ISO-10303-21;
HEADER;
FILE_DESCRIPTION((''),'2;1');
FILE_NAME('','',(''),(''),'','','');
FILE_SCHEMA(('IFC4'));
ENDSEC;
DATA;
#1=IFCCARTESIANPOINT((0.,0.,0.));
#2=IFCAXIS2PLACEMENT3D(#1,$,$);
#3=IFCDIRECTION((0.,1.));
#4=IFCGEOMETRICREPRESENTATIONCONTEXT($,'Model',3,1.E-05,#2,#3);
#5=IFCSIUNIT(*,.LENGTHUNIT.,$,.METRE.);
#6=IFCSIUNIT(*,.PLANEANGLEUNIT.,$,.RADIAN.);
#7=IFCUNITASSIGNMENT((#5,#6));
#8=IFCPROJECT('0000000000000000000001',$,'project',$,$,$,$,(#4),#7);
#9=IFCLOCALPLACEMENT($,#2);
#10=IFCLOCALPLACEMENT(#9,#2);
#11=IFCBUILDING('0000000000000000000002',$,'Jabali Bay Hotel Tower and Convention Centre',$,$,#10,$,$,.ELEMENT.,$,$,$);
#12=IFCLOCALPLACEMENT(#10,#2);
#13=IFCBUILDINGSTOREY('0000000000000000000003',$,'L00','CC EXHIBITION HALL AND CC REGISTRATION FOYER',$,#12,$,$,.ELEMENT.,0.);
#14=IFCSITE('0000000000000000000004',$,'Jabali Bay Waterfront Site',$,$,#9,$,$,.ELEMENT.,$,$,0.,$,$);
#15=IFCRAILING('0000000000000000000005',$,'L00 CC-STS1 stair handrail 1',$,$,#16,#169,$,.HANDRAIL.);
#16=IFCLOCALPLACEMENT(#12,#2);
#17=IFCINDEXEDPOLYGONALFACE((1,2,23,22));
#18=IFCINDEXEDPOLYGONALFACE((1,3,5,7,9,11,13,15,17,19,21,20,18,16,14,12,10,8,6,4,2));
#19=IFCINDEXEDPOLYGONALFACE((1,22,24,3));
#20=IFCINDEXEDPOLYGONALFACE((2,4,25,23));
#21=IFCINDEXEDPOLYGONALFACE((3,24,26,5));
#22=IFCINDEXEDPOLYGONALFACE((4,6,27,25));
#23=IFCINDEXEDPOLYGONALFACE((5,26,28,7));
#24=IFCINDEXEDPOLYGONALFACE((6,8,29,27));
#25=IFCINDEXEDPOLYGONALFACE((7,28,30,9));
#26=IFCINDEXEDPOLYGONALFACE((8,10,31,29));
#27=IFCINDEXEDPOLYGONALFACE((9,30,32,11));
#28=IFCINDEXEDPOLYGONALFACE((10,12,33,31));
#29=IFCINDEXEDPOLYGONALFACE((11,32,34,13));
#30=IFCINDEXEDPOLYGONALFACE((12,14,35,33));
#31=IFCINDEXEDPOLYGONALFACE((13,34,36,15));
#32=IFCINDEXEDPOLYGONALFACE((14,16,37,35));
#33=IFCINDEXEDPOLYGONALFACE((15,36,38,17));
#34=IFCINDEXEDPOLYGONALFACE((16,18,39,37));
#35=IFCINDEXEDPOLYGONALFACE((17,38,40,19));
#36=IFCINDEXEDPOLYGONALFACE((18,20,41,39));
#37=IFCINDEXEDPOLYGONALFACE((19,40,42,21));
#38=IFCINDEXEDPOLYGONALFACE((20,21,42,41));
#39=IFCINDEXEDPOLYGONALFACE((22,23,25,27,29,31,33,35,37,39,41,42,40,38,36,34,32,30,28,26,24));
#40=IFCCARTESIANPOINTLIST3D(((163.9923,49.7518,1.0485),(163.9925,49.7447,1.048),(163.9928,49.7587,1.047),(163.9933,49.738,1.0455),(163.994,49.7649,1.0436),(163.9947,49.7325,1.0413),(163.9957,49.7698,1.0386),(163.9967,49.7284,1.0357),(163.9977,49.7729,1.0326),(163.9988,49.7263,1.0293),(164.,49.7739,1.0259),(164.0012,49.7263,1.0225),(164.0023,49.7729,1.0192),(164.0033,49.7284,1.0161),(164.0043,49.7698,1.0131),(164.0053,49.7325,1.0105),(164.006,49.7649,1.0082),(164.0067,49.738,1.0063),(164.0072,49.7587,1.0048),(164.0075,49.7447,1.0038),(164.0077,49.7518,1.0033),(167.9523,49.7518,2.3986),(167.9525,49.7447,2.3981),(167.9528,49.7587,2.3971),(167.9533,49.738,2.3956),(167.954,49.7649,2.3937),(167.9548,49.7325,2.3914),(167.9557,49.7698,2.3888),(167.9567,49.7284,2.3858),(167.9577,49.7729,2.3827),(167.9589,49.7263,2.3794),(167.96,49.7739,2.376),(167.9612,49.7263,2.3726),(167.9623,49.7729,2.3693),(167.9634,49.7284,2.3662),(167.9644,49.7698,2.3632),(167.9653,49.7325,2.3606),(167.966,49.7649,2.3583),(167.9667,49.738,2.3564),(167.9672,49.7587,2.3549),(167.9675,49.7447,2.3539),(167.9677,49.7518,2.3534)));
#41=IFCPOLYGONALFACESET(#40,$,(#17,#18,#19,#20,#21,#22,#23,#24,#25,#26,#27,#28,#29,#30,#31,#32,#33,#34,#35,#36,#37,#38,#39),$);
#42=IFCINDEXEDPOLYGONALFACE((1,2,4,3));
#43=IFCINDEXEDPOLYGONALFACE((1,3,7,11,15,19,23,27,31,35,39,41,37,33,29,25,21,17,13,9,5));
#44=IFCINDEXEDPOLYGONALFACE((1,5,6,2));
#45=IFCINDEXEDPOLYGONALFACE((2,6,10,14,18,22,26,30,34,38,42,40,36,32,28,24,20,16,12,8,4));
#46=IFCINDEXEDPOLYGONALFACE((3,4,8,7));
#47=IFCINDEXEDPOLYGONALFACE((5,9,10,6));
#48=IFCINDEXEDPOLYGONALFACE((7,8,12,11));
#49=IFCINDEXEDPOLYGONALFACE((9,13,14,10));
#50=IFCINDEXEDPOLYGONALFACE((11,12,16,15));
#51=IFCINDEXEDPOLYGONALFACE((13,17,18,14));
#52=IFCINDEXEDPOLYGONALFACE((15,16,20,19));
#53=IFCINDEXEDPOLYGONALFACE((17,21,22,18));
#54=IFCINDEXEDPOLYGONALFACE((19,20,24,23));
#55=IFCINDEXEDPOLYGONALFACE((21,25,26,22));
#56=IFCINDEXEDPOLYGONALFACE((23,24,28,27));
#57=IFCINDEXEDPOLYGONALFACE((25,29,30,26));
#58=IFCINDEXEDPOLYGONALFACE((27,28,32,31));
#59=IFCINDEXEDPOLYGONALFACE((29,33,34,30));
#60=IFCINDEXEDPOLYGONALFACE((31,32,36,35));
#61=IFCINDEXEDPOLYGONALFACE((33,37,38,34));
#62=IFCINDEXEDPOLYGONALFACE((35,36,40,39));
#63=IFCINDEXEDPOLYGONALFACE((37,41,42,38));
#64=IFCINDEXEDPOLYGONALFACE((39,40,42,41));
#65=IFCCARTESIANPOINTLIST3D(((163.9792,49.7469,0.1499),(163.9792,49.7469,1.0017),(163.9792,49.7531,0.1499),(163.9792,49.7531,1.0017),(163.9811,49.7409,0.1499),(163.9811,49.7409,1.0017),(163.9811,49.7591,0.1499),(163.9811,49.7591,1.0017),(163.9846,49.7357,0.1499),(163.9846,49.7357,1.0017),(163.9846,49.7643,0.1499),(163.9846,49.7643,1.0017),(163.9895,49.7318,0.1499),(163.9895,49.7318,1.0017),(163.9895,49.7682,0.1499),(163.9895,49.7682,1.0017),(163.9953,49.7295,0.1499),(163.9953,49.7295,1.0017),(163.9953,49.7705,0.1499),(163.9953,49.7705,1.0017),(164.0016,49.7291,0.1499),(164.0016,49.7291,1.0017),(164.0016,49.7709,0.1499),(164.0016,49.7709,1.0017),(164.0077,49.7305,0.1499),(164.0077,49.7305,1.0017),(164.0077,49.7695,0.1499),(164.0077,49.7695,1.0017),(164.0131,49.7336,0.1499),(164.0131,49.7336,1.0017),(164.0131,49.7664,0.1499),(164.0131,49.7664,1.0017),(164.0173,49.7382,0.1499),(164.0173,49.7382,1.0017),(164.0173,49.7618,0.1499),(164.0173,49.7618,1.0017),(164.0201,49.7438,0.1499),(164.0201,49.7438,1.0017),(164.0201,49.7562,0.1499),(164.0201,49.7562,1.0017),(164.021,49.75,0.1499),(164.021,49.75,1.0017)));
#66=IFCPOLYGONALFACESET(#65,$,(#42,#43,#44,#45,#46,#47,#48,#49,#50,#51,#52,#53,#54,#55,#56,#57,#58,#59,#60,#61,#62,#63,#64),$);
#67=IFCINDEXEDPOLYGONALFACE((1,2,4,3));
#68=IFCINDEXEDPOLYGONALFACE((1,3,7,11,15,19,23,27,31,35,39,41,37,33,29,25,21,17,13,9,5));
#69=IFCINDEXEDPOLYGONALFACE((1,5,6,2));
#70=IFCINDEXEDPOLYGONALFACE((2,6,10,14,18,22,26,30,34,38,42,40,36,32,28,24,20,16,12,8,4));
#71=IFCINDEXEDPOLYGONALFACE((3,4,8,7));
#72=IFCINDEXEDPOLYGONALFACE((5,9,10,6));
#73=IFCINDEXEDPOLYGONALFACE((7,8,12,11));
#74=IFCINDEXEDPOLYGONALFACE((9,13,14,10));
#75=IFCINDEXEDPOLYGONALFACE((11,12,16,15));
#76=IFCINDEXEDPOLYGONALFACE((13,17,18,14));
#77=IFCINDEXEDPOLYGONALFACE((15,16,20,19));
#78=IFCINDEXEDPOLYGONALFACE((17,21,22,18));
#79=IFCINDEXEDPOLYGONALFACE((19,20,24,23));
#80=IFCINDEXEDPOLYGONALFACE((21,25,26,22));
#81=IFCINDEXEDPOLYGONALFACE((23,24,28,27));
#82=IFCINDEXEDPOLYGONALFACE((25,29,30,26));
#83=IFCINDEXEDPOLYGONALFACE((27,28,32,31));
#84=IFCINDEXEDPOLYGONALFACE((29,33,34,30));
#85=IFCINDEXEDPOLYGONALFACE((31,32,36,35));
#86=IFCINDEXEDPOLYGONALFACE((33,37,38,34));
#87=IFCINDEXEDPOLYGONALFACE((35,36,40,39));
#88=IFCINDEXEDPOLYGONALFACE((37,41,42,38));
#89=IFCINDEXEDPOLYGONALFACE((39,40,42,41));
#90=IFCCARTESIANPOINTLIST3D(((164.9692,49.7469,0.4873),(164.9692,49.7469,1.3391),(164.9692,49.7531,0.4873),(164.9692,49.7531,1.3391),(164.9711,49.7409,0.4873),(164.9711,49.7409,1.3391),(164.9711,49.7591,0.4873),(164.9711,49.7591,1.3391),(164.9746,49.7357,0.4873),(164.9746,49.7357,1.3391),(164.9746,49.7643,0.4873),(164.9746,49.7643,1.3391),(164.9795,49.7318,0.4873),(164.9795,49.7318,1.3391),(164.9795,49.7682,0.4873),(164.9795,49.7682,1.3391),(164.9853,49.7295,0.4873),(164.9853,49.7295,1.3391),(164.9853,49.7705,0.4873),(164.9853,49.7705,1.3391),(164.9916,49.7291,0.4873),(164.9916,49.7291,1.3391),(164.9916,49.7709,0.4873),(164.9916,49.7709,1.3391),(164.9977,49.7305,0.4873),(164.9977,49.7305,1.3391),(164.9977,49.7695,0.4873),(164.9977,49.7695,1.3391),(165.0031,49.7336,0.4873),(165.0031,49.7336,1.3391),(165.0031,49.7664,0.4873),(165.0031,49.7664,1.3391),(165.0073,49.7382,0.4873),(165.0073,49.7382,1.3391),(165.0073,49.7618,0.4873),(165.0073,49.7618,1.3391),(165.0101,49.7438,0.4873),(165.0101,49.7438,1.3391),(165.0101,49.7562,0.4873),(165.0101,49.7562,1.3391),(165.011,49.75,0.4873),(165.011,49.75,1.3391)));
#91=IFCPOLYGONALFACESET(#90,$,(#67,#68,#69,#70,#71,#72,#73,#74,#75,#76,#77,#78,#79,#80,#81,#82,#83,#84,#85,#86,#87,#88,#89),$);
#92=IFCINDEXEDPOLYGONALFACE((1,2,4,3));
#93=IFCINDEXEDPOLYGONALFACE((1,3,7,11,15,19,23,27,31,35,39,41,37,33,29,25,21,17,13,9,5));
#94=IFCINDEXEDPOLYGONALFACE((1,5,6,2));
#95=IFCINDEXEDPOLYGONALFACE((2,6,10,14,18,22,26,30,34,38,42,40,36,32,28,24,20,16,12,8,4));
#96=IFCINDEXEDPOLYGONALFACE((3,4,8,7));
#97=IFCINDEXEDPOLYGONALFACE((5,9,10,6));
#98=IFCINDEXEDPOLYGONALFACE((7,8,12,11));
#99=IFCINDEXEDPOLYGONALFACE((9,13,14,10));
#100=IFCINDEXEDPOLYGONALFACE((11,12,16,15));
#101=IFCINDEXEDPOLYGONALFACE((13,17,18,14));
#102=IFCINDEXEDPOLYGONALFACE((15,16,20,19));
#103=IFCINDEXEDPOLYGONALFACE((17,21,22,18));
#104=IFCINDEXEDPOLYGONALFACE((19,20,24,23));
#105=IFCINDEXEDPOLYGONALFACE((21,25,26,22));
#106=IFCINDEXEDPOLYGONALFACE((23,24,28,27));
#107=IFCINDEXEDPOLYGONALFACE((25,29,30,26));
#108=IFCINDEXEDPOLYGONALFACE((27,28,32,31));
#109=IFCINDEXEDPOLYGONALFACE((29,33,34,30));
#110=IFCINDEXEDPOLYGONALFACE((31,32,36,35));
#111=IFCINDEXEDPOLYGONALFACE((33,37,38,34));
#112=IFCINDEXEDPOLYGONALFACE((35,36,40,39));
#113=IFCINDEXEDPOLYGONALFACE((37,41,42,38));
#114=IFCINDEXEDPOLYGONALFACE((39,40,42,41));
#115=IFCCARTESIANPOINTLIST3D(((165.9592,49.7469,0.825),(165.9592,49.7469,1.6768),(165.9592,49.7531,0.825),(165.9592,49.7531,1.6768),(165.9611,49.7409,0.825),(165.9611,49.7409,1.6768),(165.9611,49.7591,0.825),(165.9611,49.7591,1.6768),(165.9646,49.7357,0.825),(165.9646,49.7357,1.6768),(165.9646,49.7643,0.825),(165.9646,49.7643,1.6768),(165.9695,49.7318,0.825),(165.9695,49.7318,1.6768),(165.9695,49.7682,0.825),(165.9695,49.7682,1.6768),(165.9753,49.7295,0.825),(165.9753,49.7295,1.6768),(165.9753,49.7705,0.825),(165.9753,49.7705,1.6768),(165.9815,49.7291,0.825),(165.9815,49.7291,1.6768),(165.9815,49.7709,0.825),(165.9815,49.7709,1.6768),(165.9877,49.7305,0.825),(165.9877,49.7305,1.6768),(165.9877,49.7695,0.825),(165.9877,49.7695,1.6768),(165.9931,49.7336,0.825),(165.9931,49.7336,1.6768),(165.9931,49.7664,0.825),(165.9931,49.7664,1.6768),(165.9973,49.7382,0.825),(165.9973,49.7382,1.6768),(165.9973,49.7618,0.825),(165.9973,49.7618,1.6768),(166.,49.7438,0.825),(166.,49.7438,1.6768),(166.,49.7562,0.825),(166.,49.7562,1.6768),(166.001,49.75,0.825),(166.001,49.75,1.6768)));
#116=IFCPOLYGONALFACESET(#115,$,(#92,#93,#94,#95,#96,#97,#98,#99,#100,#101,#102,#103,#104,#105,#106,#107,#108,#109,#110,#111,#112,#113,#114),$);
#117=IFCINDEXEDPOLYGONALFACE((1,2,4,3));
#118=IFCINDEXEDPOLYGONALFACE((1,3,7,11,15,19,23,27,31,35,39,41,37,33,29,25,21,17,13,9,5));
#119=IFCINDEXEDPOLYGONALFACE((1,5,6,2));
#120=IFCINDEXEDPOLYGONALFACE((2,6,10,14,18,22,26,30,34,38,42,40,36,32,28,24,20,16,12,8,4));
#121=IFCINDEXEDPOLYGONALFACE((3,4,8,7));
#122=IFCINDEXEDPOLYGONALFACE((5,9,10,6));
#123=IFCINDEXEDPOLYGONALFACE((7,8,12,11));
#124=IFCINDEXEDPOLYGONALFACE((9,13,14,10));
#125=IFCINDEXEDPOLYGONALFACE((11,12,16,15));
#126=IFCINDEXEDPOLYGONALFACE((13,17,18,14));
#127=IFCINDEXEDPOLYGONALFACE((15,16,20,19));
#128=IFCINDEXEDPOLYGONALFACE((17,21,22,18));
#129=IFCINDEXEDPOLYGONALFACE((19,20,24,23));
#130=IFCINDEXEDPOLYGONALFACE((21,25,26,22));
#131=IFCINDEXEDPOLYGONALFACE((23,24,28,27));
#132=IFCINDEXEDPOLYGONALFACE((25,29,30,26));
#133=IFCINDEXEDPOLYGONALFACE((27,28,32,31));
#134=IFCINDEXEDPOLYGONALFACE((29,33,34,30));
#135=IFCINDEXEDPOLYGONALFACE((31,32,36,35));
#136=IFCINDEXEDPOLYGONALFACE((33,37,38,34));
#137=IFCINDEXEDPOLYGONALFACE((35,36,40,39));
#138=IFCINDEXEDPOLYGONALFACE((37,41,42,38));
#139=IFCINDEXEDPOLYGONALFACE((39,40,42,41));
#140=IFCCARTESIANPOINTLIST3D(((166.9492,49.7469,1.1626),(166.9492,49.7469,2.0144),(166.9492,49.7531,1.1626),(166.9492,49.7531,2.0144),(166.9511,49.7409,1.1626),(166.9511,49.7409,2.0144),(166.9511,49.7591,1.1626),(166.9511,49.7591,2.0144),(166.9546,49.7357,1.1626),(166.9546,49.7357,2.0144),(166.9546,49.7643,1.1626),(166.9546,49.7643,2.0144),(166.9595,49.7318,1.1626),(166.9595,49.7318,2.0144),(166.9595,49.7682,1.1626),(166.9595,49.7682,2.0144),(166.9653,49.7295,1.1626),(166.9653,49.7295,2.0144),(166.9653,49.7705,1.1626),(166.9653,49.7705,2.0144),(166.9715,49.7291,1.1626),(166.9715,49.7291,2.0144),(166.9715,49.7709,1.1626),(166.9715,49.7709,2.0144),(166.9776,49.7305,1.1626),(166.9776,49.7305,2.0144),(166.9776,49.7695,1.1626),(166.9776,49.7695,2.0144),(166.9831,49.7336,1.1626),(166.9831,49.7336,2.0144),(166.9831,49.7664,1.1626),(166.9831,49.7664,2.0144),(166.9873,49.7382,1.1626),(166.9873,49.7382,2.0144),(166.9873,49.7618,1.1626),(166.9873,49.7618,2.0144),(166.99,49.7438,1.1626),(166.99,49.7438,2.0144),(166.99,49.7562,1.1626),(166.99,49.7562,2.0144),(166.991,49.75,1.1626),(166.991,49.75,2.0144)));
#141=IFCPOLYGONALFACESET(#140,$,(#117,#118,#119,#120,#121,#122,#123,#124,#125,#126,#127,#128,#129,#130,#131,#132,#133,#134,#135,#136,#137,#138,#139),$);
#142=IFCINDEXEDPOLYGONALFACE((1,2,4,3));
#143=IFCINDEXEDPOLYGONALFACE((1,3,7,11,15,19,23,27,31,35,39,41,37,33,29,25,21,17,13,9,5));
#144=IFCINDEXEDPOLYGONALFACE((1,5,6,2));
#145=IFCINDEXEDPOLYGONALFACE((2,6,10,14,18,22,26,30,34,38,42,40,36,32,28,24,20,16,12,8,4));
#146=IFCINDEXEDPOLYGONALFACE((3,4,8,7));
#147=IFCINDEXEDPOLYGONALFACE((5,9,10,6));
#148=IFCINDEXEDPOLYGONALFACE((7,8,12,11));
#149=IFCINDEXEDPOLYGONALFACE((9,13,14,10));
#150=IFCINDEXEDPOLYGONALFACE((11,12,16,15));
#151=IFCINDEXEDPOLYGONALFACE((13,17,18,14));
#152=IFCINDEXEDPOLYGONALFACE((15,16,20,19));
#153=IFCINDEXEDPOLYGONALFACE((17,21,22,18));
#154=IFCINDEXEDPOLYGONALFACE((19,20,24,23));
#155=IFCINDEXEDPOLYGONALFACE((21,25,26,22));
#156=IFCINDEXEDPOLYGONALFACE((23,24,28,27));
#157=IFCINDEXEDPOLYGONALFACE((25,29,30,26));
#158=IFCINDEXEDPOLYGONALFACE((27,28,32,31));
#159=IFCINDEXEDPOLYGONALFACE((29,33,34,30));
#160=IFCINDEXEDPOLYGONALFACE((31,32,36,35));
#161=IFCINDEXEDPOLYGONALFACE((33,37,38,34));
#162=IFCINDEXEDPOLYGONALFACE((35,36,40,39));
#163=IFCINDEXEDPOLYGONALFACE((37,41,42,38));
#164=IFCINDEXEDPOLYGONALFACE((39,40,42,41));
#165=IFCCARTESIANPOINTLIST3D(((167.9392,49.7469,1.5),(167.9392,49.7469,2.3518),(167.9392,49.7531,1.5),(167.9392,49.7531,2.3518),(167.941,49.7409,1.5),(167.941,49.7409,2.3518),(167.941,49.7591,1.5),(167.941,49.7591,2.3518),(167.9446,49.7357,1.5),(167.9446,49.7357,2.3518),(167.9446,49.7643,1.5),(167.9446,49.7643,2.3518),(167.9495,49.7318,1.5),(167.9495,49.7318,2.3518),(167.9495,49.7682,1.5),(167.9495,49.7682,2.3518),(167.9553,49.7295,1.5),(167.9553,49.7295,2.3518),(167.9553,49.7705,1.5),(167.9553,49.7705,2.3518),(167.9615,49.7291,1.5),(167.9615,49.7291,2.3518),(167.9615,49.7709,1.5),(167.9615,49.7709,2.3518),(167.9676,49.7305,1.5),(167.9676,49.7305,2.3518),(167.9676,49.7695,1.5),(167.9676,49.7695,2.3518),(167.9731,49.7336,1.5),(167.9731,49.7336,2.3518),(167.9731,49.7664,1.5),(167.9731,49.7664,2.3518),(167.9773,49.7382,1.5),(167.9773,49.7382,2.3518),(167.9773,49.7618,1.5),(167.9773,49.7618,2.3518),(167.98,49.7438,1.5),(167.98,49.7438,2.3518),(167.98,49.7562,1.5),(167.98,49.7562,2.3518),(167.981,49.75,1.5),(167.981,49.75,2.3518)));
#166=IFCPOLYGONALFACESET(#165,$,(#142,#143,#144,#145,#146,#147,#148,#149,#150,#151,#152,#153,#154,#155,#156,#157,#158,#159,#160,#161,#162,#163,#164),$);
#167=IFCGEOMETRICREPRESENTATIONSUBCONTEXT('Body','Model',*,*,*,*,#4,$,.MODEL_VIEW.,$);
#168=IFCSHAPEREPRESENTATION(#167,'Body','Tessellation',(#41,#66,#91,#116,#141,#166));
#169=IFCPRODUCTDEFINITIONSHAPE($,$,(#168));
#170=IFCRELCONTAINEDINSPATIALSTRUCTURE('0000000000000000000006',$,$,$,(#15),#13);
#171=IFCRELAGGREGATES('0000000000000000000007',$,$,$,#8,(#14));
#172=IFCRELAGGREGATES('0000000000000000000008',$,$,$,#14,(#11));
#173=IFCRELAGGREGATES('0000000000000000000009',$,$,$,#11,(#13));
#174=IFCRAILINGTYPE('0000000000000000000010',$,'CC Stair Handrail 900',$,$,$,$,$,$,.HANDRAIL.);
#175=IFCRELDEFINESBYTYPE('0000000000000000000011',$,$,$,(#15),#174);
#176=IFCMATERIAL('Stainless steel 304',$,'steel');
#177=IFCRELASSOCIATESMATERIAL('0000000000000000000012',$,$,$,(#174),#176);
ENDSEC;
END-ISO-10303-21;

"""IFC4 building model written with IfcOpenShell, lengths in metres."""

from ifc_helpers import new_model, si_unit, direction, frame, origin, origin_2d, place, context, subcontext, project, spatial, circle, extrude, material, type_object, element, save


model = new_model("IFC4")

# Units and contexts
model_context = context("Model", 3, precision=1e-05, world=origin(), true_north=direction((0.0, 1.0)))
body_context = subcontext(model_context, "Body", "Model", "MODEL_VIEW")
ifc_project = project(units=[si_unit("LENGTHUNIT", "METRE"), si_unit("PLANEANGLEUNIT", "RADIAN")], contexts=[model_context])

# Site, building, storey
site_placement = place(None, origin())
site = spatial("IfcSite", under=ifc_project, at=site_placement, Name="Jabali Bay Waterfront Site", CompositionType="ELEMENT", RefElevation=0.0)
building_placement = place(site_placement, origin())
building = spatial("IfcBuilding", under=site, at=building_placement, Name="Jabali Bay Hotel Tower and Convention Centre", CompositionType="ELEMENT")
storey_placement = place(building_placement, origin())
storey = spatial("IfcBuildingStorey", under=building, at=storey_placement, Name="L00", Description="CC EXHIBITION HALL AND CC REGISTRATION FOYER", CompositionType="ELEMENT", Elevation=0.0)

# Railing
ifc_material_1 = material(Name="Stainless steel 304", Category="steel")
railing_type_1 = type_object("IfcRailingType", Name="CC Stair Handrail 900", PredefinedType="HANDRAIL", material=ifc_material_1)
for number, where, name in (
    (1, (164.0, 49.75, 0.1499), "L00 CC-STS1 stair handrail 1"),
):
    element("IfcRailing", number, at=place(storey_placement, frame(where)), inside=storey, type_object=railing_type_1, Name=name, PredefinedType="HANDRAIL", context=body_context, shape_type="SweptSolid", body=[
        extrude(circle(Radius=0.0239, at=origin_2d()), frame((0.0, 0.0, 0.876), z_axis=(0.946502, 0.0, 0.322698), x_axis=(0.0, 1.0, 0.0)), (0.0, 0.0, 1.0), 4.1838),
        extrude(circle(Radius=0.021, at=origin_2d()), origin(), (0.0, 0.0, 1.0), 0.8518),
        extrude(circle(Radius=0.021, at=origin_2d()), frame((0.99, 0.0, 0.3374)), (0.0, 0.0, 1.0), 0.8518),
        extrude(circle(Radius=0.021, at=origin_2d()), frame((1.98, 0.0, 0.675)), (0.0, 0.0, 1.0), 0.8518),
        extrude(circle(Radius=0.021, at=origin_2d()), frame((2.97, 0.0, 1.0127)), (0.0, 0.0, 1.0), 0.8518),
        extrude(circle(Radius=0.021, at=origin_2d()), frame((3.96, 0.0, 1.3501)), (0.0, 0.0, 1.0), 0.8518),
    ])

save(model, "model.ifc")
